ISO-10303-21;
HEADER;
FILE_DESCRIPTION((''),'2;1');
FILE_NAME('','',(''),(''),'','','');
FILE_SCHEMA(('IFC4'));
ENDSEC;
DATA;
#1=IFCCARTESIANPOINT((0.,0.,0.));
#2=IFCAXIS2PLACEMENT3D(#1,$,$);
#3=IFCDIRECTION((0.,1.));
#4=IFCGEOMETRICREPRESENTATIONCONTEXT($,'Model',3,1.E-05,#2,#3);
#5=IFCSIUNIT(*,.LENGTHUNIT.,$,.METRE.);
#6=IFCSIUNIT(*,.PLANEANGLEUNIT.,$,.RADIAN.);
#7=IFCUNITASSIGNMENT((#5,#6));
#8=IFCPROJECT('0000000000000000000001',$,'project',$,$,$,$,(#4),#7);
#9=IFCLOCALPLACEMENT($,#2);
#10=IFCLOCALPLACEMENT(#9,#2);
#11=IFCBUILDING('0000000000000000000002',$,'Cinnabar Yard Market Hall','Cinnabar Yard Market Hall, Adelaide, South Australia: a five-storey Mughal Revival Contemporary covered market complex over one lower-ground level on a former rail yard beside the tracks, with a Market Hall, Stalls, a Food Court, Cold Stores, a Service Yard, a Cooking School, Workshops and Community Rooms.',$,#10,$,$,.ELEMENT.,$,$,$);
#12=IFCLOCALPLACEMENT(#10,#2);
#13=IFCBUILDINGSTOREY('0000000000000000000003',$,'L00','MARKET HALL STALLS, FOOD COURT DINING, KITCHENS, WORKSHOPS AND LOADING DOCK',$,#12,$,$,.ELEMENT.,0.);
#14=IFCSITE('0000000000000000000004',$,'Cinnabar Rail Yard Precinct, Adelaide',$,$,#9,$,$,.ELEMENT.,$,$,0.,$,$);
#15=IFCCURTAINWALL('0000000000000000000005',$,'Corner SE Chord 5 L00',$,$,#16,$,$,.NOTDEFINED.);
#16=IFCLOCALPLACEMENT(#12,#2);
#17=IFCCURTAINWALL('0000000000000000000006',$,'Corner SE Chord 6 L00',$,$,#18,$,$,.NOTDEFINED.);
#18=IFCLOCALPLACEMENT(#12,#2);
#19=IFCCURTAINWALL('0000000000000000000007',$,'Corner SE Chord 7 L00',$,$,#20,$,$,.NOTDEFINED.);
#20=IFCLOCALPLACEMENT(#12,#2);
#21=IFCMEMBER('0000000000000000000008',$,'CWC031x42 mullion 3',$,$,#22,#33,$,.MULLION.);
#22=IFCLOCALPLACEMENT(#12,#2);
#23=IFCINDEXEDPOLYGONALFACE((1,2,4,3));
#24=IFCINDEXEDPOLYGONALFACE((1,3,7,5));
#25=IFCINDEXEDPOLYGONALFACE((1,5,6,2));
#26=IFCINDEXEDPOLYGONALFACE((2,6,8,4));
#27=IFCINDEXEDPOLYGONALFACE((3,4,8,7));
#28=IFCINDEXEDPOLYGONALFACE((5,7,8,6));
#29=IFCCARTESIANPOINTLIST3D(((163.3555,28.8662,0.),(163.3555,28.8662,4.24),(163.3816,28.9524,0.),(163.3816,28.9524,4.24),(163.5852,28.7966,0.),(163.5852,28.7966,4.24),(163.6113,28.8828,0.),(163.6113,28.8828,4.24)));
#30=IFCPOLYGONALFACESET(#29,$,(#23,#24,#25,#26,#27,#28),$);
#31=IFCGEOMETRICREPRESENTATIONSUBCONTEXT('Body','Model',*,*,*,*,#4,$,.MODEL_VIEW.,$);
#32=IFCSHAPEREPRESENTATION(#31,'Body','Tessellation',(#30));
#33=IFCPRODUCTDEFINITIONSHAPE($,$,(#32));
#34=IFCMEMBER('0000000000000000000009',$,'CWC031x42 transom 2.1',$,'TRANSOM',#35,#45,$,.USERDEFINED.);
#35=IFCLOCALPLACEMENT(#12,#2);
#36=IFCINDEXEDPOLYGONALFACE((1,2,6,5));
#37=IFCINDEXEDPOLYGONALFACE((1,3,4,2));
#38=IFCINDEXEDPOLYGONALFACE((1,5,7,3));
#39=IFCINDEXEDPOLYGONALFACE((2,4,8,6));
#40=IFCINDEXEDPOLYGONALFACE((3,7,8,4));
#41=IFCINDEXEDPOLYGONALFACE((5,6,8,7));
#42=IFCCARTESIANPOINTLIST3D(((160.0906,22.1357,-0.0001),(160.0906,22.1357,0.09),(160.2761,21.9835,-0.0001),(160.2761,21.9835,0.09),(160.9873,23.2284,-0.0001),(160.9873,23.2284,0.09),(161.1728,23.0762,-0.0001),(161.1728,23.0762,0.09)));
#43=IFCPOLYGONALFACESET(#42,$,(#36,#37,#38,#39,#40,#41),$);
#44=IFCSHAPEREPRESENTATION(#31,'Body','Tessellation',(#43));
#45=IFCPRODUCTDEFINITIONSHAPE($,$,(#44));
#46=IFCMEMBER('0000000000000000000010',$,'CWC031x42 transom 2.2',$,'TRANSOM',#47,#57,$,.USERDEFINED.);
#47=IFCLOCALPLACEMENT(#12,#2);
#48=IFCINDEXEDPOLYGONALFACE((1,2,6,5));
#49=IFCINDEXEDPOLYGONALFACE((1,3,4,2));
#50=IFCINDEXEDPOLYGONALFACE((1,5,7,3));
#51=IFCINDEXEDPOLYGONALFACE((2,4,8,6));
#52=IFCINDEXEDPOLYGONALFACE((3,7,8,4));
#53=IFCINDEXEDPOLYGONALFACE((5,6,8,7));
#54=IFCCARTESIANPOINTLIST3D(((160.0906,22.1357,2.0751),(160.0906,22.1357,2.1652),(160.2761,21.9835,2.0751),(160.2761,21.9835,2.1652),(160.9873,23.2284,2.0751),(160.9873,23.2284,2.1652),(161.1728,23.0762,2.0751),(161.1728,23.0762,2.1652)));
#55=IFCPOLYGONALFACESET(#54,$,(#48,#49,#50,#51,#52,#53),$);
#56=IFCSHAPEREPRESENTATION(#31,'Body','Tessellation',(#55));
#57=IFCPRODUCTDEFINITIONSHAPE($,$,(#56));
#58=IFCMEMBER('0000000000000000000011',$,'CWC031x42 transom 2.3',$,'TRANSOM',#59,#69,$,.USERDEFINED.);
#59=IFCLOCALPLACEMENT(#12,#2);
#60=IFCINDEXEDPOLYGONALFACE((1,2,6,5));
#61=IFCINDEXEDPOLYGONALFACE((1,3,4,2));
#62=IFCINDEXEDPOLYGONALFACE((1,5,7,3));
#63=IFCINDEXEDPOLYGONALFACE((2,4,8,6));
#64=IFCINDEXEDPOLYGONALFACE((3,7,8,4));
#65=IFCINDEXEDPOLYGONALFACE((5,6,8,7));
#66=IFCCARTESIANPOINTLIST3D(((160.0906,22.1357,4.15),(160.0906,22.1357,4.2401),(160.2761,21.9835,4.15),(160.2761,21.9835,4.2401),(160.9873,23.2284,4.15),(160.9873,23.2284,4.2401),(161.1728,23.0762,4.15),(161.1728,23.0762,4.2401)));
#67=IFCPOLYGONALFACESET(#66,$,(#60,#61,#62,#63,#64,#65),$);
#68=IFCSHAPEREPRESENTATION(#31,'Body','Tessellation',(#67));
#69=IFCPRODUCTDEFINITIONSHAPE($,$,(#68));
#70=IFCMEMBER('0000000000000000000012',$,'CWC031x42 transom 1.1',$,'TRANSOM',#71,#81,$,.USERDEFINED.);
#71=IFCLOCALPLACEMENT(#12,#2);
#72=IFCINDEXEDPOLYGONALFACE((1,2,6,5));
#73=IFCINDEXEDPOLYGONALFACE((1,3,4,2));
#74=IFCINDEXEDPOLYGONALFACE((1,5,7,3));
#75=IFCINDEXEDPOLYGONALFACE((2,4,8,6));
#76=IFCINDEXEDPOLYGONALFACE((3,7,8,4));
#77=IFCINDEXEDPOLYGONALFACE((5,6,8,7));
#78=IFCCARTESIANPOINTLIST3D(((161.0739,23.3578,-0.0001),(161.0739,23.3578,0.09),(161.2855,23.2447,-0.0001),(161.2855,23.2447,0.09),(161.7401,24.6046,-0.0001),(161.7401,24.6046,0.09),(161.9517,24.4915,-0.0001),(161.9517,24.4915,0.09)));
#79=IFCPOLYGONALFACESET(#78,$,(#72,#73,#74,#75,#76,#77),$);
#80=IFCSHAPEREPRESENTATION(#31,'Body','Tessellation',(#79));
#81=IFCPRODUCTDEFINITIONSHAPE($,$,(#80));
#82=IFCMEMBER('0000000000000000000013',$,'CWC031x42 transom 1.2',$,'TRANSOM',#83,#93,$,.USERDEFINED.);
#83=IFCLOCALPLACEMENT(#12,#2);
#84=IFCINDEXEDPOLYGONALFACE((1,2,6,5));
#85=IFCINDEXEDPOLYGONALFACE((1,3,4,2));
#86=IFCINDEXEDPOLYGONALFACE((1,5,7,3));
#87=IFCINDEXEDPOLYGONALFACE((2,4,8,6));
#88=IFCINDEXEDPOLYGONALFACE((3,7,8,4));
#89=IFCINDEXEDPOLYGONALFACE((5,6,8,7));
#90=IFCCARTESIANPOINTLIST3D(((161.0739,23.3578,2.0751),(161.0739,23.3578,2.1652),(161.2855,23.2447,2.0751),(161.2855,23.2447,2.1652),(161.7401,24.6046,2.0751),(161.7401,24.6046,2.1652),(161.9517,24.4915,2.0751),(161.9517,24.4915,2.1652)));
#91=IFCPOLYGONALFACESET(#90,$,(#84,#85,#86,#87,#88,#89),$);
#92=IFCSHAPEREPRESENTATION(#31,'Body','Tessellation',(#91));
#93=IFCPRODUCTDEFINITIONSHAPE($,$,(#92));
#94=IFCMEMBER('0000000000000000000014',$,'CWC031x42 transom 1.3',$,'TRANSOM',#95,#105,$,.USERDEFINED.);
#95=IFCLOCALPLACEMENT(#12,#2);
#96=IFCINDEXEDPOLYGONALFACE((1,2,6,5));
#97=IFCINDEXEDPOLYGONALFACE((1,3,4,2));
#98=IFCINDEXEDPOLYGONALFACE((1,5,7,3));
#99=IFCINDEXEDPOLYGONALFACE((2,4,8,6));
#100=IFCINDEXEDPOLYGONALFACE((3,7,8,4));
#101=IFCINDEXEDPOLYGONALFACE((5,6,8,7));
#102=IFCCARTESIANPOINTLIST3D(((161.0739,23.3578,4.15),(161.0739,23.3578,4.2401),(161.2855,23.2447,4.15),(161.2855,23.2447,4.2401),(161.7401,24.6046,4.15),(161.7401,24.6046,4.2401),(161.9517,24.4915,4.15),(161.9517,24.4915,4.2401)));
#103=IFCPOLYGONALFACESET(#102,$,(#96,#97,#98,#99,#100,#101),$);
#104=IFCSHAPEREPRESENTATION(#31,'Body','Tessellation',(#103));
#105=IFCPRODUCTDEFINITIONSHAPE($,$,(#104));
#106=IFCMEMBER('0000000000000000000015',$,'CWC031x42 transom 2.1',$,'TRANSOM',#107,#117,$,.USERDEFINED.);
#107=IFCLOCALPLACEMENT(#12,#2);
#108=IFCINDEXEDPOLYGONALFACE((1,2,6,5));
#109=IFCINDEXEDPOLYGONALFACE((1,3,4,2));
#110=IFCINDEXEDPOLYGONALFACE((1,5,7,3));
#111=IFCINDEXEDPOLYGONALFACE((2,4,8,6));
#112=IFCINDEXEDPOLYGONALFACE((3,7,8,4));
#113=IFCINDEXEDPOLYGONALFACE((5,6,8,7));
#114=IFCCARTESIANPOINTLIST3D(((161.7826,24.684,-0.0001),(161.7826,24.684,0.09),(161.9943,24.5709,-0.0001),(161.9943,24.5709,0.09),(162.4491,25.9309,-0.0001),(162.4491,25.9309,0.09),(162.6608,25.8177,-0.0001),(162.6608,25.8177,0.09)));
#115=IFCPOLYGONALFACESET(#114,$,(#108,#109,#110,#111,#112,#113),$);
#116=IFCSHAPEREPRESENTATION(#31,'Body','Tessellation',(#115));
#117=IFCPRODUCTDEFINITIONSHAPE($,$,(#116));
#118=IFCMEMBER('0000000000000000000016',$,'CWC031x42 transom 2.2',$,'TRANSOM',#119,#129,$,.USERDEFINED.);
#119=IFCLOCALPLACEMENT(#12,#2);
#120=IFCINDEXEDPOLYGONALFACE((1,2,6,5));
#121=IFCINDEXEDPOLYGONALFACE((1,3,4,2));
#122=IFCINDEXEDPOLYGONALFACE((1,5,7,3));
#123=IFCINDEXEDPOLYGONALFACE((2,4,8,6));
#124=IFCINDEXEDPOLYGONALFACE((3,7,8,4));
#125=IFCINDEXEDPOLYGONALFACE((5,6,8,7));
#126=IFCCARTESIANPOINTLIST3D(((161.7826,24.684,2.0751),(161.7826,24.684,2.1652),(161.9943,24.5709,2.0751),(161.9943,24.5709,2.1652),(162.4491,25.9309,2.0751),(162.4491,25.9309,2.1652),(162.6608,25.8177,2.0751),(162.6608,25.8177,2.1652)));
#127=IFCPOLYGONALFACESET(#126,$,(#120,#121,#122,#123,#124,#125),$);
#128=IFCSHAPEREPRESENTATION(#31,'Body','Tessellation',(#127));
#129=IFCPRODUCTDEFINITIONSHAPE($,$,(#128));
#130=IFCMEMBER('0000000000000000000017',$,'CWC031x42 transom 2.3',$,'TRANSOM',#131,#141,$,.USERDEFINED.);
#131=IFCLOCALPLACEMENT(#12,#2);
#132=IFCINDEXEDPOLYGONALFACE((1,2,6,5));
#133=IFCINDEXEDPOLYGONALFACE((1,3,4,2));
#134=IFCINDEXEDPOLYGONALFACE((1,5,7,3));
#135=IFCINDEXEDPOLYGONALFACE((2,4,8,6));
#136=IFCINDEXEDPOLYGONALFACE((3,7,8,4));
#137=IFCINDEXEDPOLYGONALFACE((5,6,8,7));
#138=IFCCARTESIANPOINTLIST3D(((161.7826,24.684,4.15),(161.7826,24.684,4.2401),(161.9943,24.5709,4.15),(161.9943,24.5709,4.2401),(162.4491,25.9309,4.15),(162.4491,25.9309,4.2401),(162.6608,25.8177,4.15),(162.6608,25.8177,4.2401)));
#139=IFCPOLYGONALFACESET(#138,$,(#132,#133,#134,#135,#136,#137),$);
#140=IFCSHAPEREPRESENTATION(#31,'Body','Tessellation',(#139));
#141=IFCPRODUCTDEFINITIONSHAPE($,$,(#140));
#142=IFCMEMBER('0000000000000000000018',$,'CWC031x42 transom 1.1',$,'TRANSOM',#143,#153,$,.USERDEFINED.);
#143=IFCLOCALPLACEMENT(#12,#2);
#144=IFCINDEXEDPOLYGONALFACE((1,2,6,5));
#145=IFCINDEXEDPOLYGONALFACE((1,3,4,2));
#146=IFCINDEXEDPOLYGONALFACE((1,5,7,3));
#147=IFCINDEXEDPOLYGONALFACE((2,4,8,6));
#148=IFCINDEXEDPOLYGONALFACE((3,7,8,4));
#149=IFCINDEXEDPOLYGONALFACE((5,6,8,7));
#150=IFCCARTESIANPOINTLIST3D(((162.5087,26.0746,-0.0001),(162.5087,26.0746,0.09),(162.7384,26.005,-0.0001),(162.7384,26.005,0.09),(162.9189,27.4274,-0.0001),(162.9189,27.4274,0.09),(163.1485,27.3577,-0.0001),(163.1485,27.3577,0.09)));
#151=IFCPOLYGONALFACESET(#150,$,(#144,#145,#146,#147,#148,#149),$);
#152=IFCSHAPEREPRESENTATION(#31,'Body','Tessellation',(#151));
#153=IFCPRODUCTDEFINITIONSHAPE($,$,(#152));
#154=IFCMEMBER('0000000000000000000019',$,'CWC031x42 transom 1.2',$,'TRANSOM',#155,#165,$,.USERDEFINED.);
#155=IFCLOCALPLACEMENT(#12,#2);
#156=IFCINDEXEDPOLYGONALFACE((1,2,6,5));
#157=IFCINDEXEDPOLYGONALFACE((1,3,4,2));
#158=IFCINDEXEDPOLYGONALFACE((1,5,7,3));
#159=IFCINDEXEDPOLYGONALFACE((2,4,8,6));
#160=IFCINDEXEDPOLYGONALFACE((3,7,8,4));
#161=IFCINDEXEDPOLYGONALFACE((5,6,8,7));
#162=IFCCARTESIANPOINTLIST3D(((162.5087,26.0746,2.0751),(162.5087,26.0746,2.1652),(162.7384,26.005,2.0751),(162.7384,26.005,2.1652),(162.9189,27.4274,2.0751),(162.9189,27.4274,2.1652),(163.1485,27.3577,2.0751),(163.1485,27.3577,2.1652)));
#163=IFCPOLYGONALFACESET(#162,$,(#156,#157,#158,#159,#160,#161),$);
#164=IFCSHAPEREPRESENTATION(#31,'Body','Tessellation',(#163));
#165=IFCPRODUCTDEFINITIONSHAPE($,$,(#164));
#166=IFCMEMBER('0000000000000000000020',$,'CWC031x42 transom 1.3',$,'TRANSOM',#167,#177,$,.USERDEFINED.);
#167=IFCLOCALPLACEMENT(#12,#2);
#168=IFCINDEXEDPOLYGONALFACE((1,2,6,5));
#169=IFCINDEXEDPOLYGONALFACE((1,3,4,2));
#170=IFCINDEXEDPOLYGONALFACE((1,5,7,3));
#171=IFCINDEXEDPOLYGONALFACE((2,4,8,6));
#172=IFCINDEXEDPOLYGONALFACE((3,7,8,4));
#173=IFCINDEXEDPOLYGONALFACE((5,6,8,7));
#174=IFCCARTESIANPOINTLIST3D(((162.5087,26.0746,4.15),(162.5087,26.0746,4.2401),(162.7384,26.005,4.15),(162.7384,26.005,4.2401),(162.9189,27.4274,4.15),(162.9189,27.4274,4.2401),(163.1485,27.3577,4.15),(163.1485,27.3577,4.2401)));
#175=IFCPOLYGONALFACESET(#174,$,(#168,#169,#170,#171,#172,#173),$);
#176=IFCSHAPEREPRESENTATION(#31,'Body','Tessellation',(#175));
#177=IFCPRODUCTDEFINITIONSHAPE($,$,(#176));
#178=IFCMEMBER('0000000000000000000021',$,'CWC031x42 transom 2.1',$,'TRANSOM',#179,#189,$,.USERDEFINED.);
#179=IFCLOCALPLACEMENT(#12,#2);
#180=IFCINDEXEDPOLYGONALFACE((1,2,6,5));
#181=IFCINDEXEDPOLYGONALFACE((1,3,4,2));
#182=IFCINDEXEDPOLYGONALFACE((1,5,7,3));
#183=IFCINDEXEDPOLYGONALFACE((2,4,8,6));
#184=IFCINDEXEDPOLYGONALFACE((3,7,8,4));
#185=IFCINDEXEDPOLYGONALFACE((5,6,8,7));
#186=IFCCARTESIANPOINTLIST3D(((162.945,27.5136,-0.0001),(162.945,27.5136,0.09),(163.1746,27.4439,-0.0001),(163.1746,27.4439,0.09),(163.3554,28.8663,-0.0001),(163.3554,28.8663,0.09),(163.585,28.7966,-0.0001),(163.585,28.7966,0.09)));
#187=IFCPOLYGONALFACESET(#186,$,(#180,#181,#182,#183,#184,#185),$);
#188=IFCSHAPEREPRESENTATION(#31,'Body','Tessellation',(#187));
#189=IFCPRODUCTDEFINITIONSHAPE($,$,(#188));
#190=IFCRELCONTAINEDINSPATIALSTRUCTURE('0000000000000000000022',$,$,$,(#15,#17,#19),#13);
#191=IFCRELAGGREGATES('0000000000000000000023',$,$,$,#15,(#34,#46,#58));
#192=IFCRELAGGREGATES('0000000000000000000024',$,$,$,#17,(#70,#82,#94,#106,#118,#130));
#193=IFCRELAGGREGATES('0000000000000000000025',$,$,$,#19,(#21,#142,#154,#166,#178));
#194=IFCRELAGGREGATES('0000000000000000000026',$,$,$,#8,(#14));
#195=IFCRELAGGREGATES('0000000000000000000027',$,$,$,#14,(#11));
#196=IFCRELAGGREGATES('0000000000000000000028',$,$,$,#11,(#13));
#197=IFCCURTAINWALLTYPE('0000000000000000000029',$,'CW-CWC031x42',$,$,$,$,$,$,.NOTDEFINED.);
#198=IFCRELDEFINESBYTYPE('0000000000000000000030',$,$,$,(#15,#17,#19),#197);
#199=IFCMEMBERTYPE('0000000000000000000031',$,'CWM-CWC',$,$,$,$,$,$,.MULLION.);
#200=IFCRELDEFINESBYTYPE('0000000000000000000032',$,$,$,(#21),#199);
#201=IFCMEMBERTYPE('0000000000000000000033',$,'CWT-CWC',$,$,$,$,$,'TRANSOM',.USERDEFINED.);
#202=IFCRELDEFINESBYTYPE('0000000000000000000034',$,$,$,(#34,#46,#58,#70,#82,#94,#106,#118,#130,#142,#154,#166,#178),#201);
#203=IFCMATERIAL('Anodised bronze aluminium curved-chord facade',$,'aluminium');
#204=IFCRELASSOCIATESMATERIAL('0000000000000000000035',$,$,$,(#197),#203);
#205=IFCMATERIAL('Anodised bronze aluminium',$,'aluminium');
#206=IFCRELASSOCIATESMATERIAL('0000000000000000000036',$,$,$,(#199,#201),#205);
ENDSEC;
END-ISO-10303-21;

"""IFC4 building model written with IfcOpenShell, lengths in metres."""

from ifc_helpers import new_model, si_unit, direction, frame, origin, origin_2d_with_axis, place, context, subcontext, project, spatial, rectangle, extrude, material, material_profile, profile_set, type_object, element, aggregate, save


model = new_model("IFC4")

# Units and contexts
model_context = context("Model", 3, precision=1e-05, world=origin(), true_north=direction((0.0, 1.0)))
body_context = subcontext(model_context, "Body", "Model", "MODEL_VIEW")
ifc_project = project(units=[si_unit("LENGTHUNIT", "METRE"), si_unit("PLANEANGLEUNIT", "RADIAN")], contexts=[model_context])

# Site, building, storey
site_placement = place(None, origin())
site = spatial("IfcSite", under=ifc_project, at=site_placement, Name="Cinnabar Rail Yard Precinct, Adelaide", CompositionType="ELEMENT", RefElevation=0.0)
building_placement = place(site_placement, origin())
building = spatial("IfcBuilding", under=site, at=building_placement, Name="Cinnabar Yard Market Hall", Description="Cinnabar Yard Market Hall, Adelaide, South Australia: a five-storey Mughal Revival Contemporary covered market complex over one lower-ground level on a former rail yard beside the tracks, with a Market Hall, Stalls, a Food Court, Cold Stores, a Service Yard, a Cooking School, Workshops and Community Rooms.", CompositionType="ELEMENT")
storey_placement = place(building_placement, origin())
storey = spatial("IfcBuildingStorey", under=building, at=storey_placement, Name="L00", Description="MARKET HALL STALLS, FOOD COURT DINING, KITCHENS, WORKSHOPS AND LOADING DOCK", CompositionType="ELEMENT", Elevation=0.0)

# Curtain wall
ifc_material_1 = material(Name="Anodised bronze aluminium curved-chord facade", Category="aluminium")
curtain_wall_type = type_object("IfcCurtainWallType", Name="CW-CWC031x42", PredefinedType="NOTDEFINED", material=ifc_material_1)
curtain_wall_1_placement = place(storey_placement, origin())
curtain_wall_1 = element("IfcCurtainWall", 1, at=curtain_wall_1_placement, inside=storey, type_object=curtain_wall_type, Name="Corner SE Chord 5 L00", PredefinedType="NOTDEFINED")
ifc_material_2 = material(Name="Anodised bronze aluminium", Category="aluminium")
ifc_material_profile_1 = material_profile(ifc_material_2, rectangle(XDim=0.24, YDim=0.0901, at=origin_2d_with_axis()), Name="MUL-CWC")
ifc_profile_set_1 = profile_set([ifc_material_profile_1], Name="Anodised bronze aluminium")
member_type_1 = type_object("IfcMemberType", Name="CWM-CWC", PredefinedType="MULLION", material=ifc_profile_set_1)

# Curtain walls, member
curtain_wall_2_placement = place(storey_placement, origin())
curtain_wall_2 = element("IfcCurtainWall", 2, at=curtain_wall_2_placement, inside=storey, type_object=curtain_wall_type, Name="Corner SE Chord 6 L00", PredefinedType="NOTDEFINED")
curtain_wall_3_placement = place(storey_placement, origin())
curtain_wall_3 = element("IfcCurtainWall", 3, at=curtain_wall_3_placement, inside=storey, type_object=curtain_wall_type, Name="Corner SE Chord 7 L00", PredefinedType="NOTDEFINED")
member_1_placement = place(storey_placement, frame((163.4834, 28.8745, 0.0), z_axis=(0.0, 0.0, 1.0), x_axis=(-0.956942, 0.290279, 0.0)))
member_1 = element("IfcMember", 4, at=member_1_placement, type_object=member_type_1, Name="CWC031x42 mullion 3", PredefinedType="MULLION", context=body_context, shape_type="SweptSolid", body=[
    extrude(rectangle(XDim=0.24, YDim=0.0901, at=origin_2d_with_axis()), origin(), (0.0, 0.0, 1.0), 4.24),
])

# Members
ifc_material_profile_2 = material_profile(ifc_material_2, rectangle(XDim=0.24, YDim=0.0901, at=origin_2d_with_axis()), Name="TRN-CWC")
ifc_profile_set_2 = profile_set([ifc_material_profile_2], Name="Anodised bronze aluminium")
member_type_2 = type_object("IfcMemberType", Name="CWT-CWC", ElementType="TRANSOM", PredefinedType="USERDEFINED", material=ifc_profile_set_2)
member_2_placement = place(storey_placement, frame((160.1833, 22.0596, 0.0449), z_axis=(0.634356, 0.773041, 0.0), x_axis=(-0.773041, 0.634356, 0.0)))
member_2 = element("IfcMember", 5, at=member_2_placement, type_object=member_type_2, Name="CWC031x42 transom 2.1", ObjectType="TRANSOM", PredefinedType="USERDEFINED", context=body_context, shape_type="SweptSolid", body=[
    extrude(rectangle(XDim=0.24, YDim=0.0901, at=origin_2d_with_axis()), origin(), (0.0, 0.0, 1.0), 1.4136),
])
member_3_placement = place(storey_placement, frame((160.1833, 22.0596, 2.1201), z_axis=(0.634356, 0.773041, 0.0), x_axis=(-0.773041, 0.634356, 0.0)))
member_3 = element("IfcMember", 6, at=member_3_placement, type_object=member_type_2, Name="CWC031x42 transom 2.2", ObjectType="TRANSOM", PredefinedType="USERDEFINED", context=body_context, shape_type="SweptSolid", body=[
    extrude(rectangle(XDim=0.24, YDim=0.0901, at=origin_2d_with_axis()), origin(), (0.0, 0.0, 1.0), 1.4136),
])
member_4_placement = place(storey_placement, frame((160.1833, 22.0596, 4.1951), z_axis=(0.634356, 0.773041, 0.0), x_axis=(-0.773041, 0.634356, 0.0)))
member_4 = element("IfcMember", 7, at=member_4_placement, type_object=member_type_2, Name="CWC031x42 transom 2.3", ObjectType="TRANSOM", PredefinedType="USERDEFINED", context=body_context, shape_type="SweptSolid", body=[
    extrude(rectangle(XDim=0.24, YDim=0.0901, at=origin_2d_with_axis()), origin(), (0.0, 0.0, 1.0), 1.4136),
])
member_5_placement = place(storey_placement, frame((161.1797, 23.3013, 0.0449), z_axis=(0.471296, 0.881975, 0.0), x_axis=(-0.881975, 0.471296, 0.0)))
member_5 = element("IfcMember", 8, at=member_5_placement, type_object=member_type_2, Name="CWC031x42 transom 1.1", ObjectType="TRANSOM", PredefinedType="USERDEFINED", context=body_context, shape_type="SweptSolid", body=[
    extrude(rectangle(XDim=0.24, YDim=0.0901, at=origin_2d_with_axis()), origin(), (0.0, 0.0, 1.0), 1.4136),
])
member_6_placement = place(storey_placement, frame((161.1797, 23.3013, 2.1201), z_axis=(0.471296, 0.881975, 0.0), x_axis=(-0.881975, 0.471296, 0.0)))
member_6 = element("IfcMember", 9, at=member_6_placement, type_object=member_type_2, Name="CWC031x42 transom 1.2", ObjectType="TRANSOM", PredefinedType="USERDEFINED", context=body_context, shape_type="SweptSolid", body=[
    extrude(rectangle(XDim=0.24, YDim=0.0901, at=origin_2d_with_axis()), origin(), (0.0, 0.0, 1.0), 1.4136),
])
member_7_placement = place(storey_placement, frame((161.1797, 23.3013, 4.1951), z_axis=(0.471296, 0.881975, 0.0), x_axis=(-0.881975, 0.471296, 0.0)))
member_7 = element("IfcMember", 10, at=member_7_placement, type_object=member_type_2, Name="CWC031x42 transom 1.3", ObjectType="TRANSOM", PredefinedType="USERDEFINED", context=body_context, shape_type="SweptSolid", body=[
    extrude(rectangle(XDim=0.24, YDim=0.0901, at=origin_2d_with_axis()), origin(), (0.0, 0.0, 1.0), 1.4136),
])
member_8_placement = place(storey_placement, frame((161.8884, 24.6274, 0.0449), z_axis=(0.471431, 0.881903, 0.0), x_axis=(-0.881903, 0.471431, 0.0)))
member_8 = element("IfcMember", 11, at=member_8_placement, type_object=member_type_2, Name="CWC031x42 transom 2.1", ObjectType="TRANSOM", PredefinedType="USERDEFINED", context=body_context, shape_type="SweptSolid", body=[
    extrude(rectangle(XDim=0.24, YDim=0.0901, at=origin_2d_with_axis()), origin(), (0.0, 0.0, 1.0), 1.4138),
])
member_9_placement = place(storey_placement, frame((161.8884, 24.6274, 2.1201), z_axis=(0.471431, 0.881903, 0.0), x_axis=(-0.881903, 0.471431, 0.0)))
member_9 = element("IfcMember", 12, at=member_9_placement, type_object=member_type_2, Name="CWC031x42 transom 2.2", ObjectType="TRANSOM", PredefinedType="USERDEFINED", context=body_context, shape_type="SweptSolid", body=[
    extrude(rectangle(XDim=0.24, YDim=0.0901, at=origin_2d_with_axis()), origin(), (0.0, 0.0, 1.0), 1.4138),
])
member_10_placement = place(storey_placement, frame((161.8884, 24.6274, 4.1951), z_axis=(0.471431, 0.881903, 0.0), x_axis=(-0.881903, 0.471431, 0.0)))
member_10 = element("IfcMember", 13, at=member_10_placement, type_object=member_type_2, Name="CWC031x42 transom 2.3", ObjectType="TRANSOM", PredefinedType="USERDEFINED", context=body_context, shape_type="SweptSolid", body=[
    extrude(rectangle(XDim=0.24, YDim=0.0901, at=origin_2d_with_axis()), origin(), (0.0, 0.0, 1.0), 1.4138),
])
member_11_placement = place(storey_placement, frame((162.6235, 26.0398, 0.0449), z_axis=(0.290151, 0.956981, 0.0), x_axis=(-0.956981, 0.290151, 0.0)))
member_11 = element("IfcMember", 14, at=member_11_placement, type_object=member_type_2, Name="CWC031x42 transom 1.1", ObjectType="TRANSOM", PredefinedType="USERDEFINED", context=body_context, shape_type="SweptSolid", body=[
    extrude(rectangle(XDim=0.24, YDim=0.0901, at=origin_2d_with_axis()), origin(), (0.0, 0.0, 1.0), 1.4136),
])
member_12_placement = place(storey_placement, frame((162.6235, 26.0398, 2.1201), z_axis=(0.290151, 0.956981, 0.0), x_axis=(-0.956981, 0.290151, 0.0)))
member_12 = element("IfcMember", 15, at=member_12_placement, type_object=member_type_2, Name="CWC031x42 transom 1.2", ObjectType="TRANSOM", PredefinedType="USERDEFINED", context=body_context, shape_type="SweptSolid", body=[
    extrude(rectangle(XDim=0.24, YDim=0.0901, at=origin_2d_with_axis()), origin(), (0.0, 0.0, 1.0), 1.4136),
])
member_13_placement = place(storey_placement, frame((162.6235, 26.0398, 4.1951), z_axis=(0.290151, 0.956981, 0.0), x_axis=(-0.956981, 0.290151, 0.0)))
member_13 = element("IfcMember", 16, at=member_13_placement, type_object=member_type_2, Name="CWC031x42 transom 1.3", ObjectType="TRANSOM", PredefinedType="USERDEFINED", context=body_context, shape_type="SweptSolid", body=[
    extrude(rectangle(XDim=0.24, YDim=0.0901, at=origin_2d_with_axis()), origin(), (0.0, 0.0, 1.0), 1.4136),
])
member_14_placement = place(storey_placement, frame((163.0598, 27.4788, 0.0449), z_axis=(0.290309, 0.956933, 0.0), x_axis=(-0.956933, 0.290309, 0.0)))
member_14 = element("IfcMember", 17, at=member_14_placement, type_object=member_type_2, Name="CWC031x42 transom 2.1", ObjectType="TRANSOM", PredefinedType="USERDEFINED", context=body_context, shape_type="SweptSolid", body=[
    extrude(rectangle(XDim=0.24, YDim=0.0901, at=origin_2d_with_axis()), origin(), (0.0, 0.0, 1.0), 1.4136),
])

aggregate(curtain_wall_1, [member_2, member_3, member_4])
aggregate(curtain_wall_2, [member_5, member_6, member_7, member_8, member_9, member_10])
aggregate(curtain_wall_3, [member_1, member_11, member_12, member_13, member_14])

save(model, "model.ifc")
